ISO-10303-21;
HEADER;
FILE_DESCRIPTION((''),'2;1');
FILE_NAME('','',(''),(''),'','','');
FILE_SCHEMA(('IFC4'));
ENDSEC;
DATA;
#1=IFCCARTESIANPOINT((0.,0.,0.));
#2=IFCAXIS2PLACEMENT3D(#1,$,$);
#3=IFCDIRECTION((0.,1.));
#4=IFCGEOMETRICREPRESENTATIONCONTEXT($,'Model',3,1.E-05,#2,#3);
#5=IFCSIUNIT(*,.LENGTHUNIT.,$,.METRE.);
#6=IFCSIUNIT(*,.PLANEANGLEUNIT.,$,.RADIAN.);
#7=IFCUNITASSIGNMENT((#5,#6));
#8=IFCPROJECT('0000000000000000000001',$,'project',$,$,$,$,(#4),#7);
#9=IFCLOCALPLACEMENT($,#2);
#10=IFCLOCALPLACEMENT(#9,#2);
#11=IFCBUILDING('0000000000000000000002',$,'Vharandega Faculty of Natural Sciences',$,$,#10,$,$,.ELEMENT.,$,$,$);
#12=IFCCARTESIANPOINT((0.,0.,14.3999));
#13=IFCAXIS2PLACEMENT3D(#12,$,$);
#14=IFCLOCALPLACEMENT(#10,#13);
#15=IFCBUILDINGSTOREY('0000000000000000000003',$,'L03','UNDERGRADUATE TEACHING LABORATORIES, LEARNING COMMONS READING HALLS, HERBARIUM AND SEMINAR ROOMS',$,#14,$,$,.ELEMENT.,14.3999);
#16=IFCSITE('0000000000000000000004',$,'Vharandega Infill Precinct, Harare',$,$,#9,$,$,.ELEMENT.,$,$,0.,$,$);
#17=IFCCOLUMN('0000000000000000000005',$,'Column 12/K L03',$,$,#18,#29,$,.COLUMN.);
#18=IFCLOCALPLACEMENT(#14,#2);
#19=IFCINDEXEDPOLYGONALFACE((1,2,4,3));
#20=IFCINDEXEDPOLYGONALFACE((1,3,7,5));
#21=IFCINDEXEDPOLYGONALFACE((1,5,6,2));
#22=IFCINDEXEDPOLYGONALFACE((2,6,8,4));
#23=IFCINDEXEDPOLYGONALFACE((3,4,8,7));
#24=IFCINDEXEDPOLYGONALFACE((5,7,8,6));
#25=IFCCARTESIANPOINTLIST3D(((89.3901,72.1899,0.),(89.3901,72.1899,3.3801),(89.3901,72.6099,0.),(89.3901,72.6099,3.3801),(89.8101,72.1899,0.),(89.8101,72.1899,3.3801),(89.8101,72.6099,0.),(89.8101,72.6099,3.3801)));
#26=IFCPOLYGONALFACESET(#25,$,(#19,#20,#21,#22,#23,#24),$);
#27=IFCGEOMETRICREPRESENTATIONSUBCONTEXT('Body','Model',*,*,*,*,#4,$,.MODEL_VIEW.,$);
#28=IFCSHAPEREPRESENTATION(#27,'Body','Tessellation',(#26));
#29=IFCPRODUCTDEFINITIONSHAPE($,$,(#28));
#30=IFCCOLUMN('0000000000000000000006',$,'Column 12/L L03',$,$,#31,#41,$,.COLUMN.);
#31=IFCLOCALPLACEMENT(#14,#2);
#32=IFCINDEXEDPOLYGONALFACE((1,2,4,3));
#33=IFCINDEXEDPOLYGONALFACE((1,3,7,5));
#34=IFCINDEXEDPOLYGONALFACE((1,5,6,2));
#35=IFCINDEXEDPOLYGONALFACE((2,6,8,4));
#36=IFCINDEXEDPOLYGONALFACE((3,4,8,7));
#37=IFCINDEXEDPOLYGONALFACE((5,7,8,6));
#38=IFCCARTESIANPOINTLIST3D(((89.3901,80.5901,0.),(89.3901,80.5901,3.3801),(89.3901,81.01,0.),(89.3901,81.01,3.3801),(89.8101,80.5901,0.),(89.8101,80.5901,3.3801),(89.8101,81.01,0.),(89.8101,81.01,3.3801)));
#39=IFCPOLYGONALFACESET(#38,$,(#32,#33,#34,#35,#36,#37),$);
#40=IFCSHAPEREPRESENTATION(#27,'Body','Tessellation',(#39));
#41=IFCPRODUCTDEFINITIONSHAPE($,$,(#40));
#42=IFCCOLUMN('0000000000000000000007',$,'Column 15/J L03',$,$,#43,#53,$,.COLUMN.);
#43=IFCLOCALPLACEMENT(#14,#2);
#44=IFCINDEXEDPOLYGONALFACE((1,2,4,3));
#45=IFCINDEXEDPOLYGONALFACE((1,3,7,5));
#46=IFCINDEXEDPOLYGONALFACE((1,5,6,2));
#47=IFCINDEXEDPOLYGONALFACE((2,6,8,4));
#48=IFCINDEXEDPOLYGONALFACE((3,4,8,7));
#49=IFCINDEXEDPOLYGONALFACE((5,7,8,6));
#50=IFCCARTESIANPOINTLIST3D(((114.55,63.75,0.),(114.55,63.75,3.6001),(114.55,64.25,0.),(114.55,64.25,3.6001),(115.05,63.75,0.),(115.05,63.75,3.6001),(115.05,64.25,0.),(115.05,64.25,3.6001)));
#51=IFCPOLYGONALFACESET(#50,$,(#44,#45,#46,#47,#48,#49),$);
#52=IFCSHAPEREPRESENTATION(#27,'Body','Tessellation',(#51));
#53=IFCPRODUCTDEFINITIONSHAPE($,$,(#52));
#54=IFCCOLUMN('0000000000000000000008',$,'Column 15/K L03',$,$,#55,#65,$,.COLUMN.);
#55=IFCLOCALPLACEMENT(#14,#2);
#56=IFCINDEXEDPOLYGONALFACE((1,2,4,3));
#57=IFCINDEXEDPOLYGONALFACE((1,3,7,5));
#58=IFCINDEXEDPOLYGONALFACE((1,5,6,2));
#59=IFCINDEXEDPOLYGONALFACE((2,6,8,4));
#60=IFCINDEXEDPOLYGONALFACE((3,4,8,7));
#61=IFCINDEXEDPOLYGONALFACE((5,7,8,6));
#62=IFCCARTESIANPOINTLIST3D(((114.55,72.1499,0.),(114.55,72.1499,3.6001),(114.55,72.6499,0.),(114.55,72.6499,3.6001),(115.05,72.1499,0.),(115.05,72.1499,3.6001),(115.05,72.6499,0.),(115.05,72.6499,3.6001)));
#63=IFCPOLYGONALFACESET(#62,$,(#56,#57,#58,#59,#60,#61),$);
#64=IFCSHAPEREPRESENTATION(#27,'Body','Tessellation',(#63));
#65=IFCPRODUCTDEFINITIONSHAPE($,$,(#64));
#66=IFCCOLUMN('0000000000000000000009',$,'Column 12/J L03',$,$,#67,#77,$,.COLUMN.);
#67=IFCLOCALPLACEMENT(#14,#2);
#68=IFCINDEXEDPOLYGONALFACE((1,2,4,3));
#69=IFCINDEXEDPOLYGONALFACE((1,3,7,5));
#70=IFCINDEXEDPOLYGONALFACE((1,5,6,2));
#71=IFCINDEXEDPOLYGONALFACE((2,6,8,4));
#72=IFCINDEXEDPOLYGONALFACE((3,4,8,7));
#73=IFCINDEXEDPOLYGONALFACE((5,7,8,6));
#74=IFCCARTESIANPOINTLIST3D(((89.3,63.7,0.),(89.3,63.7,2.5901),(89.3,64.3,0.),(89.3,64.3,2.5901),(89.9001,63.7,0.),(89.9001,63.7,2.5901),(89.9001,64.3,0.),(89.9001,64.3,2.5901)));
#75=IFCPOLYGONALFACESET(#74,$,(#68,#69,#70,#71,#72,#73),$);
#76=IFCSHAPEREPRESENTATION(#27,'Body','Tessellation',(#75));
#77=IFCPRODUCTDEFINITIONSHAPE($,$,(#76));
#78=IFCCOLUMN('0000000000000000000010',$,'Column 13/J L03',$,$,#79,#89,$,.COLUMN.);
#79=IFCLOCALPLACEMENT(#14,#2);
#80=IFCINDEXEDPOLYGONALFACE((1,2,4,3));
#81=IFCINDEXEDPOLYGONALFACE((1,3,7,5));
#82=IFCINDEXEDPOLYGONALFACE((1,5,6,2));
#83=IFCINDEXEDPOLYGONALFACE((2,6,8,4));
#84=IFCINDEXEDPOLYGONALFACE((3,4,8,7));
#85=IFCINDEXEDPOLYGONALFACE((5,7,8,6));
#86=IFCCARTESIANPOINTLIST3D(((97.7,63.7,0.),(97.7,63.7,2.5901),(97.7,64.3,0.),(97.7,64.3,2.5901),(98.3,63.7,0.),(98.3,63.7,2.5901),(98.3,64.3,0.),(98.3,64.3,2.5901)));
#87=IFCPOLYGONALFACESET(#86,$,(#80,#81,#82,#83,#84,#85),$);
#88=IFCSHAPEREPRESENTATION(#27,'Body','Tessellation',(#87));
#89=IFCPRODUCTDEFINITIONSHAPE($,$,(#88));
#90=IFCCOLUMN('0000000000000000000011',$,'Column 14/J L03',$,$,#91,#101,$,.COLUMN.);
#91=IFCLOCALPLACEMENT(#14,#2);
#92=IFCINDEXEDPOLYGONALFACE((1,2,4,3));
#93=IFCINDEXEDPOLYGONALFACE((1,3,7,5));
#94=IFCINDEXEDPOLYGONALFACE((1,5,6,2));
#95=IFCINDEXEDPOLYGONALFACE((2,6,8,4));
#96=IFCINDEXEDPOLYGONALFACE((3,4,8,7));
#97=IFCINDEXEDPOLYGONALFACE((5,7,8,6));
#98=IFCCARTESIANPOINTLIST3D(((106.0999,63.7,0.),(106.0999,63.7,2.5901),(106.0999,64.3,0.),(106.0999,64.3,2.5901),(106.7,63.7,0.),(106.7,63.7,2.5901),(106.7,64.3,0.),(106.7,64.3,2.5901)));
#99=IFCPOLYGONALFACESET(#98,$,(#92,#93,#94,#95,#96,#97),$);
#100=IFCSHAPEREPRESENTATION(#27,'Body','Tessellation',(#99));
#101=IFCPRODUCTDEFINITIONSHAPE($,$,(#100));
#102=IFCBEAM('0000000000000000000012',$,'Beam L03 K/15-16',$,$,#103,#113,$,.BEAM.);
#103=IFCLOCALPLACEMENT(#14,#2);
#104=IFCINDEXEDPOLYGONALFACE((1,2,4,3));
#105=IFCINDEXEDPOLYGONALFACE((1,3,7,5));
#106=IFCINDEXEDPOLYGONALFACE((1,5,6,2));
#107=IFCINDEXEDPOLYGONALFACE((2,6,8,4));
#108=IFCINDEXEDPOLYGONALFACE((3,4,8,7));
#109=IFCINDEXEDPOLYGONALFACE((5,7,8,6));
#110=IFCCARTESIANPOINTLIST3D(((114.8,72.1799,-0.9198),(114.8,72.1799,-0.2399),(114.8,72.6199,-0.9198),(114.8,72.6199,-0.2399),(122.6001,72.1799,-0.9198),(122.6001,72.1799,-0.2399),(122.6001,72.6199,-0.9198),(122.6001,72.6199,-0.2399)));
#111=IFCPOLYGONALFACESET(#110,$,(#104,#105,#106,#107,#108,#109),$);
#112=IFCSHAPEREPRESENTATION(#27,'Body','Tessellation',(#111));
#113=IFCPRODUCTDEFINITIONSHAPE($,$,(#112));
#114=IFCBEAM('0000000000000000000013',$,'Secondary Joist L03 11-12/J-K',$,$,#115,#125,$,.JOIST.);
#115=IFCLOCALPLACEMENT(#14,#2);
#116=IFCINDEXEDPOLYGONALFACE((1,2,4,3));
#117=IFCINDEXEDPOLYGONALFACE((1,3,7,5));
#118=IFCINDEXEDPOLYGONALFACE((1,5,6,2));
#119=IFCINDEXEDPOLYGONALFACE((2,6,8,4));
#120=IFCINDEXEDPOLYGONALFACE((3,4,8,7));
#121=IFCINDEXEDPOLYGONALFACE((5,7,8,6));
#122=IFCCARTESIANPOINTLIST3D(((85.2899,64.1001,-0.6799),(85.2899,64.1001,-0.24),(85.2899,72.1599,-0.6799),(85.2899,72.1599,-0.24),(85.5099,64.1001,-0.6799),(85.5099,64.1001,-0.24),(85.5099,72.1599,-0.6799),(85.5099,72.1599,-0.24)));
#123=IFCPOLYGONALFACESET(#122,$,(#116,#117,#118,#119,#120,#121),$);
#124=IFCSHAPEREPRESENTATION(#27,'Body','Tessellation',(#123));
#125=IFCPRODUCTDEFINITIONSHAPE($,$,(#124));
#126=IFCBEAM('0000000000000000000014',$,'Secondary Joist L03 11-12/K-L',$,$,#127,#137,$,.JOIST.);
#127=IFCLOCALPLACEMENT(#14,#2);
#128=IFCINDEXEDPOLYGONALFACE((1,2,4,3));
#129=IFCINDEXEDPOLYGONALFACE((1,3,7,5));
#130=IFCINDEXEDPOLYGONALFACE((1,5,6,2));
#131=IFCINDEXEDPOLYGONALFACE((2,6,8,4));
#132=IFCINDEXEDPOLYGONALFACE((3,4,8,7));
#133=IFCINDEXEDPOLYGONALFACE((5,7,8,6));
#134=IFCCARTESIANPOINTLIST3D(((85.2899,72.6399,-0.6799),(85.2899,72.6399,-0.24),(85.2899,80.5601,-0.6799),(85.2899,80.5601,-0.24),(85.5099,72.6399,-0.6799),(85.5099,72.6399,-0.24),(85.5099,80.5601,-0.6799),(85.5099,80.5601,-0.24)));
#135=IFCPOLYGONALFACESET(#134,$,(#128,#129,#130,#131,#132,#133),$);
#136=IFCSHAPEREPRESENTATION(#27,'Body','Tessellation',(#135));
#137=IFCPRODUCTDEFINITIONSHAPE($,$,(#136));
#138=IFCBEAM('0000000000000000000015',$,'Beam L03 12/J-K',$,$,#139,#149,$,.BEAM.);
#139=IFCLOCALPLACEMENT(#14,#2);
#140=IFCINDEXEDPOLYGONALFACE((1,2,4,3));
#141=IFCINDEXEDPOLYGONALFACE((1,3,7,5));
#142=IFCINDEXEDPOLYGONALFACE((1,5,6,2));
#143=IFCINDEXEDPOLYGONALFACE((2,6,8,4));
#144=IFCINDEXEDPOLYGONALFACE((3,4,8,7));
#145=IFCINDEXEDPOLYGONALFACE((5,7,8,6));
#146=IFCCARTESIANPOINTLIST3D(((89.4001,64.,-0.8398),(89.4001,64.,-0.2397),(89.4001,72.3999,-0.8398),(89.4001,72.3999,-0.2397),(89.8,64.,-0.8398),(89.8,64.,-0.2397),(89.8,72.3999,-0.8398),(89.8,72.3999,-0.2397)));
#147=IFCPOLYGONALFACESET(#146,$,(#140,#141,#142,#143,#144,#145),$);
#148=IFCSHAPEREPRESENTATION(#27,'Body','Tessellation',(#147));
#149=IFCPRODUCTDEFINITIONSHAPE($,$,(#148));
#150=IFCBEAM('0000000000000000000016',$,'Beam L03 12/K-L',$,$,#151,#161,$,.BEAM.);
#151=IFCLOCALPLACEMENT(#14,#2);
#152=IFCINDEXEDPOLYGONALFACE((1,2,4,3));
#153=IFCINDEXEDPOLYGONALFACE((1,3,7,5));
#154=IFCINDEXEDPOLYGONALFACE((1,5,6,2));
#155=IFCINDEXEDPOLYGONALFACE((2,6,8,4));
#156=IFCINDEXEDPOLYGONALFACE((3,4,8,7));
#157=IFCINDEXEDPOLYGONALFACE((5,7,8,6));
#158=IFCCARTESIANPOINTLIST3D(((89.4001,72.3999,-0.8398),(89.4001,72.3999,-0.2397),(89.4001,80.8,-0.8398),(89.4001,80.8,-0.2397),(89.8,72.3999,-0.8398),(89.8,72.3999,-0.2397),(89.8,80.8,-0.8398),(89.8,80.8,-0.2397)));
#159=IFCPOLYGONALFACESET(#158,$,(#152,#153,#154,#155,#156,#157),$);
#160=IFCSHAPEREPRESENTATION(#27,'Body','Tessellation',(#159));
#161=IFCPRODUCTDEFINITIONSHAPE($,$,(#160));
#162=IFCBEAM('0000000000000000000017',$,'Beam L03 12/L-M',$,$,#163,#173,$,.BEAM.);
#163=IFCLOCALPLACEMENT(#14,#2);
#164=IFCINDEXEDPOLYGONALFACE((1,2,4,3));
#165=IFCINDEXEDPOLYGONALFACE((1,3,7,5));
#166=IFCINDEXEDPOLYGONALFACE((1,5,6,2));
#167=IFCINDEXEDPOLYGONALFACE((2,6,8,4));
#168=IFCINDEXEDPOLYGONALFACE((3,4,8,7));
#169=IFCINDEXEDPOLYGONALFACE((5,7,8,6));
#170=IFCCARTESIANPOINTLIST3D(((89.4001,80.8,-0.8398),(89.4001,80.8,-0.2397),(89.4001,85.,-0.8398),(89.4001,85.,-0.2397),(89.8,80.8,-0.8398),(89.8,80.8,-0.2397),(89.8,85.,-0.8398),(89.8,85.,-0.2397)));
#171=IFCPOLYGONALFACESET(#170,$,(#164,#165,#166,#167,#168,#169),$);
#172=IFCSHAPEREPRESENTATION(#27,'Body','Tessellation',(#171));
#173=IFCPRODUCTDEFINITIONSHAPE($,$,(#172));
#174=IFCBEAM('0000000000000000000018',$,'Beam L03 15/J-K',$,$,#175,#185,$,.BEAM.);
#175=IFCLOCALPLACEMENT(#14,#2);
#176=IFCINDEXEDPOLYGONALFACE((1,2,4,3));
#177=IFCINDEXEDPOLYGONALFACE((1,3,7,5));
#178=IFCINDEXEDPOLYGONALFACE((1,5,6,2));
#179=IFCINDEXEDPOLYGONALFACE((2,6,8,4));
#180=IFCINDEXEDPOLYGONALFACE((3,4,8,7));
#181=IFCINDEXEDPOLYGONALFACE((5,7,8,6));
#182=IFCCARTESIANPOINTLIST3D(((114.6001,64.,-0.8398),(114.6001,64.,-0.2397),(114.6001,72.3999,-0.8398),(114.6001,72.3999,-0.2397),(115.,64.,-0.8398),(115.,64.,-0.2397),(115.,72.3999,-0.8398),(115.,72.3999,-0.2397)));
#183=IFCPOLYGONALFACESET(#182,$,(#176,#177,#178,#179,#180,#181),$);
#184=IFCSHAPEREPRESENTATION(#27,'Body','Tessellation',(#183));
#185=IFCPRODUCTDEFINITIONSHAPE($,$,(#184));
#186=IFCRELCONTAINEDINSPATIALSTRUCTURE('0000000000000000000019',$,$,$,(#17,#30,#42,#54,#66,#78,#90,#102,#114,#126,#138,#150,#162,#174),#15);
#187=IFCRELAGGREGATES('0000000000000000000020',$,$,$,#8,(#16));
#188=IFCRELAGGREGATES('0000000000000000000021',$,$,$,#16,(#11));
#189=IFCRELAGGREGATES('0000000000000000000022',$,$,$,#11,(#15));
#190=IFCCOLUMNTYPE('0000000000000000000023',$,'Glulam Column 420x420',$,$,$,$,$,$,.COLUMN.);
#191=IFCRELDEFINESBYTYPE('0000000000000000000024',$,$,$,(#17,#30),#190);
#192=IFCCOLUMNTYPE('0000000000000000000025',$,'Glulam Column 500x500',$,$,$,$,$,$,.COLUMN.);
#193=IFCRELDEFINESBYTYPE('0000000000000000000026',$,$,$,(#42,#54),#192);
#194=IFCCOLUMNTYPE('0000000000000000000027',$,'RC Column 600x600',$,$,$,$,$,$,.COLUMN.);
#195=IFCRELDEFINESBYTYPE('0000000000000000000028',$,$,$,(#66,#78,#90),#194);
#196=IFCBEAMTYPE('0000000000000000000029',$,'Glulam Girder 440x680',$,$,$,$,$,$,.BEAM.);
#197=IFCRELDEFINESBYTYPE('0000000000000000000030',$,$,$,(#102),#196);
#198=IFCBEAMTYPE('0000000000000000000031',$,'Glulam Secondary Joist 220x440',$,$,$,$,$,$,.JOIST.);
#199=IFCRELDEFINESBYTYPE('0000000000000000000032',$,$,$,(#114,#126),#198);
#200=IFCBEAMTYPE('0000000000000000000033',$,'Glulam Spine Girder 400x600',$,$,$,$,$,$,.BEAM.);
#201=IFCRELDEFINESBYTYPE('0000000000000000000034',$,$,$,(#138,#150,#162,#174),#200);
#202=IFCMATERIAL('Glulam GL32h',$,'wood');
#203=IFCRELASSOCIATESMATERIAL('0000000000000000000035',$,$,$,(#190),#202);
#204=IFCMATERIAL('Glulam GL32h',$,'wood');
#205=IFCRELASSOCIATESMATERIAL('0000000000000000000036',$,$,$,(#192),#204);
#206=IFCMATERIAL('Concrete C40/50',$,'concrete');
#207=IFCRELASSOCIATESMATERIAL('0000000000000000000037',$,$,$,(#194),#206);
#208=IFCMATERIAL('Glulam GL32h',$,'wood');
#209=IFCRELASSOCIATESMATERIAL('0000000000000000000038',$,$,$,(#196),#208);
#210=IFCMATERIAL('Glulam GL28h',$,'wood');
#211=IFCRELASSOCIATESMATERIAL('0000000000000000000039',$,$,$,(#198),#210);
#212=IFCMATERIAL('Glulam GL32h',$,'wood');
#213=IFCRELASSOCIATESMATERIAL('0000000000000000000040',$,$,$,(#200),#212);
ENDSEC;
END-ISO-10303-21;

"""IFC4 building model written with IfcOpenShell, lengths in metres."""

from ifc_helpers import new_model, si_unit, direction, frame, origin, origin_2d, place, context, subcontext, project, spatial, rectangle, extrude, material, material_profile, profile_set, type_object, element, save


model = new_model("IFC4")

# Units and contexts
model_context = context("Model", 3, precision=1e-05, world=origin(), true_north=direction((0.0, 1.0)))
body_context = subcontext(model_context, "Body", "Model", "MODEL_VIEW")
ifc_project = project(units=[si_unit("LENGTHUNIT", "METRE"), si_unit("PLANEANGLEUNIT", "RADIAN")], contexts=[model_context])

# Site, building, storey
site_placement = place(None, origin())
site = spatial("IfcSite", under=ifc_project, at=site_placement, Name="Vharandega Infill Precinct, Harare", CompositionType="ELEMENT", RefElevation=0.0)
building_placement = place(site_placement, origin())
building = spatial("IfcBuilding", under=site, at=building_placement, Name="Vharandega Faculty of Natural Sciences", CompositionType="ELEMENT")
storey_placement = place(building_placement, frame((0.0, 0.0, 14.3999)))
storey = spatial("IfcBuildingStorey", under=building, at=storey_placement, Name="L03", Description="UNDERGRADUATE TEACHING LABORATORIES, LEARNING COMMONS READING HALLS, HERBARIUM AND SEMINAR ROOMS", CompositionType="ELEMENT", Elevation=14.3999)

# Columns
ifc_material_1 = material(Name="Glulam GL32h", Category="wood")
ifc_material_profile_1 = material_profile(ifc_material_1, rectangle(XDim=0.4199, YDim=0.4199, at=origin_2d()), Name="GL32h 420x420")
ifc_profile_set_1 = profile_set([ifc_material_profile_1], Name="Glulam GL32h")
column_type_1 = type_object("IfcColumnType", Name="Glulam Column 420x420", PredefinedType="COLUMN", material=ifc_profile_set_1)
for number, where, z_axis, x_axis, name in (
    (1, (89.6001, 72.3999, 0.0), (0.0, 0.0, 1.0), (1.0, 0.0, 0.0), "Column 12/K L03"),
    (2, (89.6001, 80.8, 0.0), (0.0, 0.0, 1.0), (1.0, 0.0, 0.0), "Column 12/L L03"),
):
    element("IfcColumn", number, at=place(storey_placement, frame(where, z_axis=z_axis, x_axis=x_axis)), inside=storey, type_object=column_type_1, Name=name, PredefinedType="COLUMN", context=body_context, shape_type="SweptSolid", body=[
        extrude(rectangle(XDim=0.4199, YDim=0.4199, at=origin_2d()), origin(), (0.0, 0.0, 1.0), 3.3801),
    ])
ifc_material_2 = material(Name="Glulam GL32h", Category="wood")
ifc_material_profile_2 = material_profile(ifc_material_2, rectangle(XDim=0.5, YDim=0.5, at=origin_2d()), Name="GL32h 500x500")
ifc_profile_set_2 = profile_set([ifc_material_profile_2], Name="Glulam GL32h")
column_type_2 = type_object("IfcColumnType", Name="Glulam Column 500x500", PredefinedType="COLUMN", material=ifc_profile_set_2)
for number, where, z_axis, x_axis, name in (
    (3, (114.8, 64.0, 0.0), (0.0, 0.0, 1.0), (1.0, 0.0, 0.0), "Column 15/J L03"),
    (4, (114.8, 72.3999, 0.0), (0.0, 0.0, 1.0), (1.0, 0.0, 0.0), "Column 15/K L03"),
):
    element("IfcColumn", number, at=place(storey_placement, frame(where, z_axis=z_axis, x_axis=x_axis)), inside=storey, type_object=column_type_2, Name=name, PredefinedType="COLUMN", context=body_context, shape_type="SweptSolid", body=[
        extrude(rectangle(XDim=0.5, YDim=0.5, at=origin_2d()), origin(), (0.0, 0.0, 1.0), 3.6001),
    ])
ifc_material_3 = material(Name="Concrete C40/50", Category="concrete")
ifc_material_profile_3 = material_profile(ifc_material_3, rectangle(XDim=0.6001, YDim=0.6001, at=origin_2d()), Name="RC 600x600")
ifc_profile_set_3 = profile_set([ifc_material_profile_3], Name="Concrete C40/50")
column_type_3 = type_object("IfcColumnType", Name="RC Column 600x600", PredefinedType="COLUMN", material=ifc_profile_set_3)
for number, where, z_axis, x_axis, name in (
    (5, (89.6001, 64.0, 0.0), (0.0, 0.0, 1.0), (1.0, 0.0, 0.0), "Column 12/J L03"),
    (6, (98.0, 64.0, 0.0), (0.0, 0.0, 1.0), (1.0, 0.0, 0.0), "Column 13/J L03"),
    (7, (106.3999, 64.0, 0.0), (0.0, 0.0, 1.0), (1.0, 0.0, 0.0), "Column 14/J L03"),
):
    element("IfcColumn", number, at=place(storey_placement, frame(where, z_axis=z_axis, x_axis=x_axis)), inside=storey, type_object=column_type_3, Name=name, PredefinedType="COLUMN", context=body_context, shape_type="SweptSolid", body=[
        extrude(rectangle(XDim=0.6001, YDim=0.6001, at=origin_2d()), origin(), (0.0, 0.0, 1.0), 2.5901),
    ])

# Beams
ifc_material_4 = material(Name="Glulam GL32h", Category="wood")
ifc_material_profile_4 = material_profile(ifc_material_4, rectangle(XDim=0.4399, YDim=0.6799, at=origin_2d()), Name="GL32h 440x680")
ifc_profile_set_4 = profile_set([ifc_material_profile_4], Name="Glulam GL32h")
beam_type_1 = type_object("IfcBeamType", Name="Glulam Girder 440x680", PredefinedType="BEAM", material=ifc_profile_set_4)
beam_1_placement = place(storey_placement, frame((114.8, 72.3999, -0.5798), z_axis=(1.0, 0.0, 0.0), x_axis=(0.0, 1.0, 0.0)))
element("IfcBeam", 8, at=beam_1_placement, inside=storey, type_object=beam_type_1, Name="Beam L03 K/15-16", PredefinedType="BEAM", context=body_context, shape_type="SweptSolid", body=[
    extrude(rectangle(XDim=0.4399, YDim=0.6799, at=origin_2d()), origin(), (0.0, 0.0, 1.0), 7.8),
])
ifc_material_5 = material(Name="Glulam GL28h", Category="wood")
ifc_material_profile_5 = material_profile(ifc_material_5, rectangle(XDim=0.22, YDim=0.4399, at=origin_2d()), Name="GL28h 220x440")
ifc_profile_set_5 = profile_set([ifc_material_profile_5], Name="Glulam GL28h")
beam_type_2 = type_object("IfcBeamType", Name="Glulam Secondary Joist 220x440", PredefinedType="JOIST", material=ifc_profile_set_5)
beam_2_placement = place(storey_placement, frame((85.3999, 64.1001, -0.46), z_axis=(0.0, 1.0, 0.0), x_axis=(-1.0, 0.0, 0.0)))
element("IfcBeam", 9, at=beam_2_placement, inside=storey, type_object=beam_type_2, Name="Secondary Joist L03 11-12/J-K", PredefinedType="JOIST", context=body_context, shape_type="SweptSolid", body=[
    extrude(rectangle(XDim=0.22, YDim=0.4399, at=origin_2d()), origin(), (0.0, 0.0, 1.0), 8.0598),
])
beam_3_placement = place(storey_placement, frame((85.3999, 72.6399, -0.46), z_axis=(0.0, 1.0, 0.0), x_axis=(-1.0, 0.0, 0.0)))
element("IfcBeam", 10, at=beam_3_placement, inside=storey, type_object=beam_type_2, Name="Secondary Joist L03 11-12/K-L", PredefinedType="JOIST", context=body_context, shape_type="SweptSolid", body=[
    extrude(rectangle(XDim=0.22, YDim=0.4399, at=origin_2d()), origin(), (0.0, 0.0, 1.0), 7.9202),
])
ifc_material_6 = material(Name="Glulam GL32h", Category="wood")
ifc_material_profile_6 = material_profile(ifc_material_6, rectangle(XDim=0.3999, YDim=0.6001, at=origin_2d()), Name="GL32h 400x600")
ifc_profile_set_6 = profile_set([ifc_material_profile_6], Name="Glulam GL32h")
beam_type_3 = type_object("IfcBeamType", Name="Glulam Spine Girder 400x600", PredefinedType="BEAM", material=ifc_profile_set_6)
beam_4_placement = place(storey_placement, frame((89.6001, 64.0, -0.5398), z_axis=(0.0, 1.0, 0.0), x_axis=(-1.0, 0.0, 0.0)))
element("IfcBeam", 11, at=beam_4_placement, inside=storey, type_object=beam_type_3, Name="Beam L03 12/J-K", PredefinedType="BEAM", context=body_context, shape_type="SweptSolid", body=[
    extrude(rectangle(XDim=0.3999, YDim=0.6001, at=origin_2d()), origin(), (0.0, 0.0, 1.0), 8.3999),
])
beam_5_placement = place(storey_placement, frame((89.6001, 72.3999, -0.5398), z_axis=(0.0, 1.0, 0.0), x_axis=(-1.0, 0.0, 0.0)))
element("IfcBeam", 12, at=beam_5_placement, inside=storey, type_object=beam_type_3, Name="Beam L03 12/K-L", PredefinedType="BEAM", context=body_context, shape_type="SweptSolid", body=[
    extrude(rectangle(XDim=0.3999, YDim=0.6001, at=origin_2d()), origin(), (0.0, 0.0, 1.0), 8.4001),
])
beam_6_placement = place(storey_placement, frame((89.6001, 80.8, -0.5398), z_axis=(0.0, 1.0, 0.0), x_axis=(-1.0, 0.0, 0.0)))
element("IfcBeam", 13, at=beam_6_placement, inside=storey, type_object=beam_type_3, Name="Beam L03 12/L-M", PredefinedType="BEAM", context=body_context, shape_type="SweptSolid", body=[
    extrude(rectangle(XDim=0.3999, YDim=0.6001, at=origin_2d()), origin(), (0.0, 0.0, 1.0), 4.2),
])
beam_7_placement = place(storey_placement, frame((114.8, 64.0, -0.5398), z_axis=(0.0, 1.0, 0.0), x_axis=(-1.0, 0.0, 0.0)))
element("IfcBeam", 14, at=beam_7_placement, inside=storey, type_object=beam_type_3, Name="Beam L03 15/J-K", PredefinedType="BEAM", context=body_context, shape_type="SweptSolid", body=[
    extrude(rectangle(XDim=0.3999, YDim=0.6001, at=origin_2d()), origin(), (0.0, 0.0, 1.0), 8.3999),
])

save(model, "model.ifc")
